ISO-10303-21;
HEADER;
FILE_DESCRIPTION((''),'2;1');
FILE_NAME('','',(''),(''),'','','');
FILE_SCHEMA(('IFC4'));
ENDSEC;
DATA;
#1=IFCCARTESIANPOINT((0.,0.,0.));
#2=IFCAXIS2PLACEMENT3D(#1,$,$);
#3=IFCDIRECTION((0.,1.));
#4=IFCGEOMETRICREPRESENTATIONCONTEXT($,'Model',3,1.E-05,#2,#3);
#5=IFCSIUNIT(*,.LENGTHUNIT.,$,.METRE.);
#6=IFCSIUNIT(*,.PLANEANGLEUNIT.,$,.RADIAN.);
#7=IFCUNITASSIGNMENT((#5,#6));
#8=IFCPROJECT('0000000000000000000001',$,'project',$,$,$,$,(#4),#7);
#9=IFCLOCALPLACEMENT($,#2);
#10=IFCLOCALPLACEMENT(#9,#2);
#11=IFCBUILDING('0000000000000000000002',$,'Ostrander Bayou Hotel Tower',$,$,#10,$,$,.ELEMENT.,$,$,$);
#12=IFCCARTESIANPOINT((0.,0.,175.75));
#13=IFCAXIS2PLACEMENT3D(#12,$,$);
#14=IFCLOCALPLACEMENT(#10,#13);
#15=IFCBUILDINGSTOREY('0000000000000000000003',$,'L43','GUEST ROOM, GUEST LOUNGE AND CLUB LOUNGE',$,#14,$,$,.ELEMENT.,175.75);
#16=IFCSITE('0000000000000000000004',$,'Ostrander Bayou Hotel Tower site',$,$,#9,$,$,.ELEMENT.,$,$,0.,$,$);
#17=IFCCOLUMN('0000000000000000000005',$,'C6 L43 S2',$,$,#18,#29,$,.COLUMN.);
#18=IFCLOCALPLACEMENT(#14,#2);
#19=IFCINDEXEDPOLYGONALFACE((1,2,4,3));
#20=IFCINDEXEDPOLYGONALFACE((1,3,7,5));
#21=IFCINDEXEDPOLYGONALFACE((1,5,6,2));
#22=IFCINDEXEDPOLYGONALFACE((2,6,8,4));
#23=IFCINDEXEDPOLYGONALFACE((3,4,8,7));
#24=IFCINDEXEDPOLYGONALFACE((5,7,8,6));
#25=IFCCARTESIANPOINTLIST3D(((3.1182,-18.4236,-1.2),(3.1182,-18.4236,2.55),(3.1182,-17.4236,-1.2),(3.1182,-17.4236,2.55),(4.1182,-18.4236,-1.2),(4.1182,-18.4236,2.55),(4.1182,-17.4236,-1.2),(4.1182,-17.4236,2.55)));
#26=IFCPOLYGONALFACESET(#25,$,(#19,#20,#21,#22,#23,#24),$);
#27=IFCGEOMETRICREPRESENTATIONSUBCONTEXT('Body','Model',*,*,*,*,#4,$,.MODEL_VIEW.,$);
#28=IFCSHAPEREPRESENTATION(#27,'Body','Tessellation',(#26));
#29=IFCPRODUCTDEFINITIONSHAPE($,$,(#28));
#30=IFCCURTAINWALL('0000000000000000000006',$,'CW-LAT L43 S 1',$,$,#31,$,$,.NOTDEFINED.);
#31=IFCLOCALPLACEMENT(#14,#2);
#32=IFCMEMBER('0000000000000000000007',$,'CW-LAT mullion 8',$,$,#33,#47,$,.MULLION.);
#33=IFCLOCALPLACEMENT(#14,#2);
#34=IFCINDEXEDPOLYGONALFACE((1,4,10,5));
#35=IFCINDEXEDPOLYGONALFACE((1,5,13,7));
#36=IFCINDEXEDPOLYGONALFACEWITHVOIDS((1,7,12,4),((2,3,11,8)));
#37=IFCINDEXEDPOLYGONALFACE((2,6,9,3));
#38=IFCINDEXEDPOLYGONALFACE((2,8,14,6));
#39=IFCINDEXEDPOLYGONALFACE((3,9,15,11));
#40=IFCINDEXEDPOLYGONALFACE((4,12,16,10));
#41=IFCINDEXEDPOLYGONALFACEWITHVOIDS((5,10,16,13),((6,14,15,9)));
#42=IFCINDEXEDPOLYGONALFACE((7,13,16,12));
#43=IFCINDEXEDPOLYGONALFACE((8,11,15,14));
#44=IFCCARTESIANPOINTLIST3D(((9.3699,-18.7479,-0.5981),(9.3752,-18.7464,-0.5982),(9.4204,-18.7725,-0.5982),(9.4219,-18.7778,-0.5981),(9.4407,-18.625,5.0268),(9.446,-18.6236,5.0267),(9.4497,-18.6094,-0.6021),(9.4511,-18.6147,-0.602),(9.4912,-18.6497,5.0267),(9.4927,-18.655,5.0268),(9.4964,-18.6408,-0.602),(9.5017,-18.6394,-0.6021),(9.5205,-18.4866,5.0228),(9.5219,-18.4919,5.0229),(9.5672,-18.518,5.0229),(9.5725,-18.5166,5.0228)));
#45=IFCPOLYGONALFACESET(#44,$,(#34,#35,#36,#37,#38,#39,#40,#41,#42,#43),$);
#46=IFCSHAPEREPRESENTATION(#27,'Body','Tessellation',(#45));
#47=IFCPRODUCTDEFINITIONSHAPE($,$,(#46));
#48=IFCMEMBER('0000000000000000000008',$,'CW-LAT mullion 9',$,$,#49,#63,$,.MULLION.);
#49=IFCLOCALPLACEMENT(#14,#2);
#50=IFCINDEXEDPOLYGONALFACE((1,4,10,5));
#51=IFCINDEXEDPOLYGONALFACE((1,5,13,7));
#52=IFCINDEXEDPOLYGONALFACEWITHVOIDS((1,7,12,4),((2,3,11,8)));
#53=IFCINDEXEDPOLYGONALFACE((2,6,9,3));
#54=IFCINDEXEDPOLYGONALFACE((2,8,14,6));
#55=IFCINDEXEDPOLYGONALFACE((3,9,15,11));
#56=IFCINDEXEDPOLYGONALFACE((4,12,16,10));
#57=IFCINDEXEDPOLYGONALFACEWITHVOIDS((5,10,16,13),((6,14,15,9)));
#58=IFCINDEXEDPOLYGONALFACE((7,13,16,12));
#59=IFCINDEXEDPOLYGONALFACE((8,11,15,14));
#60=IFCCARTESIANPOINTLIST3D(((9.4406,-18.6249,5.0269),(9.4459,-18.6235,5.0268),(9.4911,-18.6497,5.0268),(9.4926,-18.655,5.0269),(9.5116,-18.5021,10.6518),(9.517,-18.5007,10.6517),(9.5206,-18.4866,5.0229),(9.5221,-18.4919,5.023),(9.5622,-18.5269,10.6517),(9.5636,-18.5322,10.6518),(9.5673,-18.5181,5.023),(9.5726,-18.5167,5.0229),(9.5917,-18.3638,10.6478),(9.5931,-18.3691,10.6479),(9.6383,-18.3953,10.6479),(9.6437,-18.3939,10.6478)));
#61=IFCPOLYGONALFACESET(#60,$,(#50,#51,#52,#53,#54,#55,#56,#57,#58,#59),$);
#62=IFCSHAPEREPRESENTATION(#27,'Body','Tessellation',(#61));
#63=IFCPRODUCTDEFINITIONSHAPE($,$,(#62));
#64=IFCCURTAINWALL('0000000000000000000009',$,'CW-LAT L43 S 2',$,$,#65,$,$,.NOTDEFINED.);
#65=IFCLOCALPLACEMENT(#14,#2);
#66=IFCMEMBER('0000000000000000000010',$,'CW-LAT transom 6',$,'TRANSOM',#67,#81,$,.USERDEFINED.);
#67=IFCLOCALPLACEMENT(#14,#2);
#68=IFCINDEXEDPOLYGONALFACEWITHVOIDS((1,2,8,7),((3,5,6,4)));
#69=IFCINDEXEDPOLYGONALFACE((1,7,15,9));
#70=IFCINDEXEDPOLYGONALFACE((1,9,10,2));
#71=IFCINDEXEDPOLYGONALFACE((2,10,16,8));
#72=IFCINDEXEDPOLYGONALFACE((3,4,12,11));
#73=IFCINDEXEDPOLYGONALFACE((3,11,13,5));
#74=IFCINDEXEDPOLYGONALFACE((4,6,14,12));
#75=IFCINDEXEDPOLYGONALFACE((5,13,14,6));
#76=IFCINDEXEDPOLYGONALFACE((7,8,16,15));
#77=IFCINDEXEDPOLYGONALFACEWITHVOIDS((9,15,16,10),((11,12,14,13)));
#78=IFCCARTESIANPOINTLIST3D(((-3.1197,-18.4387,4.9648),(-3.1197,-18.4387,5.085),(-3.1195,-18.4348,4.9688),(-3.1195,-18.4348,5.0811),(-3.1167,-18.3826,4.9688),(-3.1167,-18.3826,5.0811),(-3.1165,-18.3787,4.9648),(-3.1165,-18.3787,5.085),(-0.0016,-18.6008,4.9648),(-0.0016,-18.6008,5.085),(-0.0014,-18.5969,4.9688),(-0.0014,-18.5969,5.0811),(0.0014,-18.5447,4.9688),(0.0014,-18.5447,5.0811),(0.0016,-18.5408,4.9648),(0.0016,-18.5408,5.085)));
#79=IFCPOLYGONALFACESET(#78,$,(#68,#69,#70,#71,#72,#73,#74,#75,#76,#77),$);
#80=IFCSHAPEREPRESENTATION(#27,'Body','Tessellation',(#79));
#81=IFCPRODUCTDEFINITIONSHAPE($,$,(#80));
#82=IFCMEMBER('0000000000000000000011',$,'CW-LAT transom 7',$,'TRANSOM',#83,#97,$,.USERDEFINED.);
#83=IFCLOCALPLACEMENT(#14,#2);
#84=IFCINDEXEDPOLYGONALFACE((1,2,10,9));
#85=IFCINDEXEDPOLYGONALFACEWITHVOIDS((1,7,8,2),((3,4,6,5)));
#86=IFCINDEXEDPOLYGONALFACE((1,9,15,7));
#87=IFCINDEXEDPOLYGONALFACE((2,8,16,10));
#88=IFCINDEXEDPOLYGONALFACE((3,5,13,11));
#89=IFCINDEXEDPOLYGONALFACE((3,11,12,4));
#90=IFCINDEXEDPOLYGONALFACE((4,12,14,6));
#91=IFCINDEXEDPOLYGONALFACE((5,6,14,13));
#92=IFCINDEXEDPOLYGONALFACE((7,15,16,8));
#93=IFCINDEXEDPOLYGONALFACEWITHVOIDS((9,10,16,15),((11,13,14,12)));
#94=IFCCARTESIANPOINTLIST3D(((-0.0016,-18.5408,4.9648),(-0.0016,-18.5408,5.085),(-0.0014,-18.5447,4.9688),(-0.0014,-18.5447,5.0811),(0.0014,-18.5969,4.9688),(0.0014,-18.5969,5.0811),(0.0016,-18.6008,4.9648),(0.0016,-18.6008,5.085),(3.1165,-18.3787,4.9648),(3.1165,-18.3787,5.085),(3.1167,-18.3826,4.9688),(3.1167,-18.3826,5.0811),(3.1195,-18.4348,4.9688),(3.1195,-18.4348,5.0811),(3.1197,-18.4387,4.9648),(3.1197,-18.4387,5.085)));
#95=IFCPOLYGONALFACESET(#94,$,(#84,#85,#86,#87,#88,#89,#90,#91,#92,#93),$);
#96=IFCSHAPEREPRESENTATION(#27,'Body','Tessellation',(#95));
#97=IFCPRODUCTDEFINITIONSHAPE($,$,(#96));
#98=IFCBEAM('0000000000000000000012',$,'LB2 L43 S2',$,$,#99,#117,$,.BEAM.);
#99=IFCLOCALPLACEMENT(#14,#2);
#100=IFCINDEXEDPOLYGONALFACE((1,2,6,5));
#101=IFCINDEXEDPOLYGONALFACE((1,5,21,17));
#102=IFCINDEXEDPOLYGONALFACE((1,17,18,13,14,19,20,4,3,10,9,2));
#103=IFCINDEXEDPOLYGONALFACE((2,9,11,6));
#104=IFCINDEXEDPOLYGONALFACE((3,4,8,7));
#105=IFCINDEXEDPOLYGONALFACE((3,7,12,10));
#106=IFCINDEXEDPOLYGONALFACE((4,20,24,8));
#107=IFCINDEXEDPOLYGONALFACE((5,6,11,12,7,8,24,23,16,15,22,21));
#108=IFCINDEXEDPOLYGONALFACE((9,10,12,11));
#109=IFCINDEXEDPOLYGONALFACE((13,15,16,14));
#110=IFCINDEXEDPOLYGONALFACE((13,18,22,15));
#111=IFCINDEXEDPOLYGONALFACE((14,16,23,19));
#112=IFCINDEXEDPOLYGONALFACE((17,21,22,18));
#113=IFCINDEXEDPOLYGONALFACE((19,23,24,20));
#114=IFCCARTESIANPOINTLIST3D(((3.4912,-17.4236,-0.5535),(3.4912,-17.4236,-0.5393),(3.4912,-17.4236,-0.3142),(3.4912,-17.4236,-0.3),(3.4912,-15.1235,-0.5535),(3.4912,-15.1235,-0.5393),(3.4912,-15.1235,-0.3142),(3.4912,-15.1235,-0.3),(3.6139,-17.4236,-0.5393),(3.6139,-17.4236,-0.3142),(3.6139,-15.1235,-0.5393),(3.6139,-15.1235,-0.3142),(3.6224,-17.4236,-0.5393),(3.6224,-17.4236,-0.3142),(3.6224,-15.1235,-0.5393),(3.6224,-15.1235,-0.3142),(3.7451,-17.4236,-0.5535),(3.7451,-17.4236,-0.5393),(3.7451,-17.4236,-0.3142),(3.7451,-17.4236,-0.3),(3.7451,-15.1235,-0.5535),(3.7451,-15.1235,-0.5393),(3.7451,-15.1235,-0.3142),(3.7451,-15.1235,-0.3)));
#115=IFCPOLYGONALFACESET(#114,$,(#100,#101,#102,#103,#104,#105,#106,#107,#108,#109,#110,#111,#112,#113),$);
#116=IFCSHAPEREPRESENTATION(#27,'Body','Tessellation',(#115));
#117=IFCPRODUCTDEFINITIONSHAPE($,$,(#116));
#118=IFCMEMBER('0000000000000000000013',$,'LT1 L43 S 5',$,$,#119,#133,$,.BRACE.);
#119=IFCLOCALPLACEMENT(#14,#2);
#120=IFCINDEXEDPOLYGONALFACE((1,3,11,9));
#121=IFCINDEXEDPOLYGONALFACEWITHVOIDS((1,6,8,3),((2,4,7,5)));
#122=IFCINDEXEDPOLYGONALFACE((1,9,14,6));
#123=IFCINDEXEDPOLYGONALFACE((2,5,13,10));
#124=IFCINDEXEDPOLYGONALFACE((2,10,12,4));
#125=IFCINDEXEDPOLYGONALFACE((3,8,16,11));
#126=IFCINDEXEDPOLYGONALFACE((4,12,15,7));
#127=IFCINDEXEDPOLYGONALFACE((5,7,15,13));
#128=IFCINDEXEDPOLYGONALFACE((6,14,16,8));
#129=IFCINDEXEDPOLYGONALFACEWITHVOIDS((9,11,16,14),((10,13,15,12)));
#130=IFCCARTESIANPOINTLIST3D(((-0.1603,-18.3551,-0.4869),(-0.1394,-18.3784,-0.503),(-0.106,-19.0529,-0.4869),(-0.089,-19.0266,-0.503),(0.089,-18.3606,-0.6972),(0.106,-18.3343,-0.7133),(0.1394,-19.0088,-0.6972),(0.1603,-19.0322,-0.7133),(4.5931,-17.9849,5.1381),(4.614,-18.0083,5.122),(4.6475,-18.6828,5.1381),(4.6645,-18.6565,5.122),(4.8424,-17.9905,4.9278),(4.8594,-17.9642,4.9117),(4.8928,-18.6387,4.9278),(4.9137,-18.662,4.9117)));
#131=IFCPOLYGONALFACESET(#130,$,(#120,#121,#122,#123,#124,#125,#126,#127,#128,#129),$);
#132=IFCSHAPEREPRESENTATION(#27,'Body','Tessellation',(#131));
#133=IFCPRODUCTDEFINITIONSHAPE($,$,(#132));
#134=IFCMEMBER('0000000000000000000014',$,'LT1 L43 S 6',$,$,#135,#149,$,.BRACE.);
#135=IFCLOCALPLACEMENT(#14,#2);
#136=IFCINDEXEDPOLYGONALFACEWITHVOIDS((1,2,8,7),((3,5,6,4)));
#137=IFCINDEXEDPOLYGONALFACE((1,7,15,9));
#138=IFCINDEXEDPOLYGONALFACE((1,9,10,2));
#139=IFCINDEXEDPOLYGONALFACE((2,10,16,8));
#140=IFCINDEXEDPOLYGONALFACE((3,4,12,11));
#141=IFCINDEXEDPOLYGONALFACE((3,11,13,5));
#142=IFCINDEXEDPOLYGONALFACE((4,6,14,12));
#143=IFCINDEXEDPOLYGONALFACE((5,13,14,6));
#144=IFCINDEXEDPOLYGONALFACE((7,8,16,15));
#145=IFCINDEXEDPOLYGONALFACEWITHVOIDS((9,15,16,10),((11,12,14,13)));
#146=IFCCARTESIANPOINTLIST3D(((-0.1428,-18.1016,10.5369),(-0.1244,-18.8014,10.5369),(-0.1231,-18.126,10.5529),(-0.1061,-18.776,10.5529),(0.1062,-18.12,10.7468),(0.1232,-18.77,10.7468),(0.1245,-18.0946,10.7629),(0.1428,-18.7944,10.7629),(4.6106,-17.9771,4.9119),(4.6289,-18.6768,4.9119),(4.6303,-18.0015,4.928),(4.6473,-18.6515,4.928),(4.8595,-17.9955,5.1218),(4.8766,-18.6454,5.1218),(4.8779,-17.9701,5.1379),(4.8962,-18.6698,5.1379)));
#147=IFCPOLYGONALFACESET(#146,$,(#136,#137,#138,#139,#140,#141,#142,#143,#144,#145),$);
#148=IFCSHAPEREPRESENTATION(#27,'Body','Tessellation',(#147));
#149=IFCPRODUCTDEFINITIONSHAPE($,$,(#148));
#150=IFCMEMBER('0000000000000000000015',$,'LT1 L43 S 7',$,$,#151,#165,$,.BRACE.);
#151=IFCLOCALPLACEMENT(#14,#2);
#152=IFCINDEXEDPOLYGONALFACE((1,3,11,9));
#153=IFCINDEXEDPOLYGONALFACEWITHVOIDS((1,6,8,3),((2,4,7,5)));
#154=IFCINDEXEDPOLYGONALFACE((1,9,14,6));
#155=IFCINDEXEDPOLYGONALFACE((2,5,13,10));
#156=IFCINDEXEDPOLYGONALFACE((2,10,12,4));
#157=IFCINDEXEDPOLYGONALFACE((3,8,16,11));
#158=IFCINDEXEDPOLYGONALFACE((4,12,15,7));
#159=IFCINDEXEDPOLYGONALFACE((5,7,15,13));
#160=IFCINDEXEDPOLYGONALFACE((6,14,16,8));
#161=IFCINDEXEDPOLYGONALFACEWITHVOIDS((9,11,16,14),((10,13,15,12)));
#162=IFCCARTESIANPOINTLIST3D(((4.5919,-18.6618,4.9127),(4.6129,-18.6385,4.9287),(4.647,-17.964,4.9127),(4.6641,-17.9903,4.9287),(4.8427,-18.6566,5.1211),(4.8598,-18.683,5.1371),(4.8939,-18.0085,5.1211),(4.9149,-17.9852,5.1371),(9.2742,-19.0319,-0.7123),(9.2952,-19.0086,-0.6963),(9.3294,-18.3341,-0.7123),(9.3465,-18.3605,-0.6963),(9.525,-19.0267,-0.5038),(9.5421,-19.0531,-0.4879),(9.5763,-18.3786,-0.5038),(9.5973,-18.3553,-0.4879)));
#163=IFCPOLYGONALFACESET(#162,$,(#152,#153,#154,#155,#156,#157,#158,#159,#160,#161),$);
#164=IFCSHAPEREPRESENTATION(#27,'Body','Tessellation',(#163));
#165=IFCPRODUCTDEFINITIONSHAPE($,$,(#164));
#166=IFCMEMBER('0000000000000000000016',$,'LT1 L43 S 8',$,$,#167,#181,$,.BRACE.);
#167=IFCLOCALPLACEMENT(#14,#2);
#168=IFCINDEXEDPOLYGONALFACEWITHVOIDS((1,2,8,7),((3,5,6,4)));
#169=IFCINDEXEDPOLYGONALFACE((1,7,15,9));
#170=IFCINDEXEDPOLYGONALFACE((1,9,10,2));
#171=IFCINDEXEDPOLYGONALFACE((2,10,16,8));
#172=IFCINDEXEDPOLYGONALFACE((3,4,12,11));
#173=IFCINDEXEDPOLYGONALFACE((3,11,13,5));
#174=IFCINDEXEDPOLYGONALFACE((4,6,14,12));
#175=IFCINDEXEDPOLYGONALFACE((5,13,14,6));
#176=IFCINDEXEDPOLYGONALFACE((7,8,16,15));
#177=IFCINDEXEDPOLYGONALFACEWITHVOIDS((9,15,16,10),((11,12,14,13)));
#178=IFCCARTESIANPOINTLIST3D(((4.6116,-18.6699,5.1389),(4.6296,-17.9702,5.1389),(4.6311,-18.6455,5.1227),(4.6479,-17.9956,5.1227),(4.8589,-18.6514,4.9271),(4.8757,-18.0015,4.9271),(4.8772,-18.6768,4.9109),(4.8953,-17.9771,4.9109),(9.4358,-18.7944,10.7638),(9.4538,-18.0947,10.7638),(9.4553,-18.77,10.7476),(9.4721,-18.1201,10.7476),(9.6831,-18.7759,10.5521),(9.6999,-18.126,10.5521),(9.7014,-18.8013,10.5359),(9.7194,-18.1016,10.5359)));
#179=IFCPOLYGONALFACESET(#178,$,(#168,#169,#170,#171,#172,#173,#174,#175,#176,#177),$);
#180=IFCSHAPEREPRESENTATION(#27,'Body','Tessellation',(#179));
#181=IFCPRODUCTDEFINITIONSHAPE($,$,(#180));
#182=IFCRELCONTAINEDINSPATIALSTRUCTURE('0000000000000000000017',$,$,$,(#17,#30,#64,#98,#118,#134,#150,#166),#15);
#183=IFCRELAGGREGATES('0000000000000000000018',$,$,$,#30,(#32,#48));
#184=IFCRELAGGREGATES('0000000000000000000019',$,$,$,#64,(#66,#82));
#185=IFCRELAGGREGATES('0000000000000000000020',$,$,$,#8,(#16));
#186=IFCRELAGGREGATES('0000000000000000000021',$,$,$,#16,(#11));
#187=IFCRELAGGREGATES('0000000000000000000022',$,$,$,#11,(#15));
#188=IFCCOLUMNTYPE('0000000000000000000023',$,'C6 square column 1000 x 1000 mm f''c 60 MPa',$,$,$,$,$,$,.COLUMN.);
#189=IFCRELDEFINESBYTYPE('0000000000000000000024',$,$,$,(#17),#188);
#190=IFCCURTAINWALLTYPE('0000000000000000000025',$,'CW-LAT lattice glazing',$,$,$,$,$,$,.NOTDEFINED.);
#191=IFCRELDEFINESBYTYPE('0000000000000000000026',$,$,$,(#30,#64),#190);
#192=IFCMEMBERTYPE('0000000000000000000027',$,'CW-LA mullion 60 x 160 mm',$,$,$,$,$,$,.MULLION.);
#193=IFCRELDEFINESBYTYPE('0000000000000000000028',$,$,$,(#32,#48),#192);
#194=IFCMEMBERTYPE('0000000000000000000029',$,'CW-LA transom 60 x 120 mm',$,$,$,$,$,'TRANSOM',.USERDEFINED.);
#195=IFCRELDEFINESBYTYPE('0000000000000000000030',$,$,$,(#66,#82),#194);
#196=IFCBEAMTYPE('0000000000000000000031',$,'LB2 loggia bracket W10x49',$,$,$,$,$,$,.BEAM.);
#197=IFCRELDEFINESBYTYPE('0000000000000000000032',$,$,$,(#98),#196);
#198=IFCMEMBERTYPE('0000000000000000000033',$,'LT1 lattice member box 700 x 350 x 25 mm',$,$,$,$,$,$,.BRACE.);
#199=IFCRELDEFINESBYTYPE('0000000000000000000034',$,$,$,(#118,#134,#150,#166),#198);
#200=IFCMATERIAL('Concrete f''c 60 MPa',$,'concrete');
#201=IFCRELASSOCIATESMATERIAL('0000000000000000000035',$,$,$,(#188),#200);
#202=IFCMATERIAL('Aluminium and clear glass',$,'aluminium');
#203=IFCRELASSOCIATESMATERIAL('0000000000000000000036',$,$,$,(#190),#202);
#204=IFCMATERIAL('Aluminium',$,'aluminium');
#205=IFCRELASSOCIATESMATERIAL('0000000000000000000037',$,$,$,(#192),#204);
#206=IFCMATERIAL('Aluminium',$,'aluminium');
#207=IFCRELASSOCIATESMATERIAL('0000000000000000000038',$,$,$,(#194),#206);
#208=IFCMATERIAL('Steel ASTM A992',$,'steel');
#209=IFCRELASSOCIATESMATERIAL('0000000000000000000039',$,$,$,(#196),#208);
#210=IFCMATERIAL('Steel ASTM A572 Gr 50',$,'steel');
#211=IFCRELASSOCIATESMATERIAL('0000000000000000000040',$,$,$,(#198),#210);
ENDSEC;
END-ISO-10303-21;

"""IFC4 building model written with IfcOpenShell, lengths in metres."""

from ifc_helpers import new_model, si_unit, direction, frame, origin, origin_2d, place, context, subcontext, project, spatial, rectangle, hollow_rectangle, i_section, extrude, material, material_profile, profile_set, type_object, element, aggregate, save


model = new_model("IFC4")

# Units and contexts
model_context = context("Model", 3, precision=1e-05, world=origin(), true_north=direction((0.0, 1.0)))
body_context = subcontext(model_context, "Body", "Model", "MODEL_VIEW")
ifc_project = project(units=[si_unit("LENGTHUNIT", "METRE"), si_unit("PLANEANGLEUNIT", "RADIAN")], contexts=[model_context])

# Site, building, storey
site_placement = place(None, origin())
site = spatial("IfcSite", under=ifc_project, at=site_placement, Name="Ostrander Bayou Hotel Tower site", CompositionType="ELEMENT", RefElevation=0.0)
building_placement = place(site_placement, origin())
building = spatial("IfcBuilding", under=site, at=building_placement, Name="Ostrander Bayou Hotel Tower", CompositionType="ELEMENT")
storey_placement = place(building_placement, frame((0.0, 0.0, 175.75)))
storey = spatial("IfcBuildingStorey", under=building, at=storey_placement, Name="L43", Description="GUEST ROOM, GUEST LOUNGE AND CLUB LOUNGE", CompositionType="ELEMENT", Elevation=175.75)

# Column
ifc_material_1 = material(Name="Concrete f'c 60 MPa", Category="concrete")
ifc_material_profile_1 = material_profile(ifc_material_1, rectangle(XDim=1.0, YDim=1.0, at=origin_2d()))
ifc_profile_set_1 = profile_set([ifc_material_profile_1], Name="Concrete f'c 60 MPa")
column_type = type_object("IfcColumnType", Name="C6 square column 1000 x 1000 mm f'c 60 MPa", PredefinedType="COLUMN", material=ifc_profile_set_1)
column_placement = place(storey_placement, frame((3.6182, -17.9236, -1.2), z_axis=(0.0, 0.0, 1.0), x_axis=(-1.0, 0.0, 0.0)))
element("IfcColumn", 1, at=column_placement, inside=storey, type_object=column_type, Name="C6 L43 S2", PredefinedType="COLUMN", context=body_context, shape_type="SweptSolid", body=[
    extrude(rectangle(XDim=1.0, YDim=1.0, at=origin_2d()), origin(), (0.0, 0.0, 1.0), 3.75),
])

# Curtain walls, members
ifc_material_2 = material(Name="Aluminium and clear glass", Category="aluminium")
curtain_wall_type = type_object("IfcCurtainWallType", Name="CW-LAT lattice glazing", PredefinedType="NOTDEFINED", material=ifc_material_2)
curtain_wall_1_placement = place(storey_placement, origin())
curtain_wall_1 = element("IfcCurtainWall", 2, at=curtain_wall_1_placement, inside=storey, type_object=curtain_wall_type, Name="CW-LAT L43 S 1", PredefinedType="NOTDEFINED")
ifc_material_3 = material(Name="Aluminium", Category="aluminium")
ifc_material_profile_2 = material_profile(ifc_material_3, hollow_rectangle(XDim=0.0601, YDim=0.1599, WallThickness=0.0039, at=origin_2d()))
ifc_profile_set_2 = profile_set([ifc_material_profile_2], Name="Aluminium")
member_type_1 = type_object("IfcMemberType", Name="CW-LA mullion 60 x 160 mm", PredefinedType="MULLION", material=ifc_profile_set_2)
member_1_placement = place(storey_placement, frame((9.4358, -18.6936, -0.6001), z_axis=(0.012583, 0.021825, 0.999683), x_axis=(-0.866329, 0.499474, 0.0)))
member_1 = element("IfcMember", 3, at=member_1_placement, type_object=member_type_1, Name="CW-LAT mullion 8", PredefinedType="MULLION", context=body_context, shape_type="SweptSolid", body=[
    extrude(hollow_rectangle(XDim=0.0601, YDim=0.1599, WallThickness=0.0039, at=origin_2d()), origin(), (0.0, 0.0, 1.0), 5.6267),
])
member_2_placement = place(storey_placement, frame((9.5066, -18.5708, 5.0249), z_axis=(0.012626, 0.021825, 0.999682), x_axis=(-0.865583, 0.500765, 0.0)))
member_2 = element("IfcMember", 4, at=member_2_placement, type_object=member_type_1, Name="CW-LAT mullion 9", PredefinedType="MULLION", context=body_context, shape_type="SweptSolid", body=[
    extrude(hollow_rectangle(XDim=0.0601, YDim=0.1599, WallThickness=0.0039, at=origin_2d()), origin(), (0.0, 0.0, 1.0), 5.6267),
])
curtain_wall_2_placement = place(storey_placement, origin())
curtain_wall_2 = element("IfcCurtainWall", 5, at=curtain_wall_2_placement, inside=storey, type_object=curtain_wall_type, Name="CW-LAT L43 S 2", PredefinedType="NOTDEFINED")
ifc_material_4 = material(Name="Aluminium", Category="aluminium")
ifc_material_profile_3 = material_profile(ifc_material_4, hollow_rectangle(XDim=0.0601, YDim=0.1201, WallThickness=0.0039, at=origin_2d()))
ifc_profile_set_3 = profile_set([ifc_material_profile_3], Name="Aluminium")
member_type_2 = type_object("IfcMemberType", Name="CW-LA transom 60 x 120 mm", ElementType="TRANSOM", PredefinedType="USERDEFINED", material=ifc_profile_set_3)
member_3_placement = place(storey_placement, frame((0.0, -18.5708, 5.0249), z_axis=(-0.998651, 0.051919, 0.0), x_axis=(-0.051919, -0.998651, 0.0)))
member_3 = element("IfcMember", 6, at=member_3_placement, type_object=member_type_2, Name="CW-LAT transom 6", ObjectType="TRANSOM", PredefinedType="USERDEFINED", context=body_context, shape_type="SweptSolid", body=[
    extrude(hollow_rectangle(XDim=0.0601, YDim=0.1201, WallThickness=0.0039, at=origin_2d()), origin(), (0.0, 0.0, 1.0), 3.1223),
])
member_4_placement = place(storey_placement, frame((0.0, -18.5708, 5.0249), z_axis=(0.998651, 0.051919, 0.0), x_axis=(-0.051919, 0.998651, 0.0)))
member_4 = element("IfcMember", 7, at=member_4_placement, type_object=member_type_2, Name="CW-LAT transom 7", ObjectType="TRANSOM", PredefinedType="USERDEFINED", context=body_context, shape_type="SweptSolid", body=[
    extrude(hollow_rectangle(XDim=0.0601, YDim=0.1201, WallThickness=0.0039, at=origin_2d()), origin(), (0.0, 0.0, 1.0), 3.1223),
])

# Beam
ifc_material_5 = material(Name="Steel ASTM A992", Category="steel")
ifc_material_profile_4 = material_profile(ifc_material_5, i_section(OverallWidth=0.2539, OverallDepth=0.2534, WebThickness=0.0085, FlangeThickness=0.0142, at=origin_2d()))
ifc_profile_set_4 = profile_set([ifc_material_profile_4], Name="Steel ASTM A992")
beam_type_1 = type_object("IfcBeamType", Name="LB2 loggia bracket W10x49", PredefinedType="BEAM", material=ifc_profile_set_4)
beam_1_placement = place(storey_placement, frame((3.6182, -17.4236, -0.4268), z_axis=(0.0, 1.0, 0.0), x_axis=(-1.0, 0.0, 0.0)))
element("IfcBeam", 8, at=beam_1_placement, inside=storey, type_object=beam_type_1, Name="LB2 L43 S2", PredefinedType="BEAM", context=body_context, shape_type="SweptSolid", body=[
    extrude(i_section(OverallWidth=0.2539, OverallDepth=0.2534, WebThickness=0.0085, FlangeThickness=0.0142, at=origin_2d()), origin(), (0.0, 0.0, 1.0), 2.3),
])

# Members
ifc_material_6 = material(Name="Steel ASTM A572 Gr 50", Category="steel")
ifc_material_profile_5 = material_profile(ifc_material_6, hollow_rectangle(XDim=0.7, YDim=0.3501, WallThickness=0.0249, at=origin_2d()))
ifc_profile_set_5 = profile_set([ifc_material_profile_5], Name="Steel ASTM A572 Gr 50")
member_type_3 = type_object("IfcMemberType", Name="LT1 lattice member box 700 x 350 x 25 mm", PredefinedType="BRACE", material=ifc_profile_set_5)
member_5_placement = place(storey_placement, frame((4.7534, -18.3235, 5.0249), z_axis=(-0.644638, -0.050194, -0.762838), x_axis=(0.077628, -0.996982, 0.0)))
element("IfcMember", 9, at=member_5_placement, inside=storey, type_object=member_type_3, Name="LT1 L43 S 5", PredefinedType="BRACE", context=body_context, shape_type="SweptSolid", body=[
    extrude(hollow_rectangle(XDim=0.7, YDim=0.3501, WallThickness=0.0249, at=origin_2d()), origin(), (0.0, 0.0, 1.0), 7.3738),
])
member_6_placement = place(storey_placement, frame((4.7534, -18.3235, 5.0249), z_axis=(-0.645359, -0.016905, 0.763692), x_axis=(0.026185, -0.999657, 0.0)))
element("IfcMember", 10, at=member_6_placement, inside=storey, type_object=member_type_3, Name="LT1 L43 S 6", PredefinedType="BRACE", context=body_context, shape_type="SweptSolid", body=[
    extrude(hollow_rectangle(XDim=0.7, YDim=0.3501, WallThickness=0.0249, at=origin_2d()), origin(), (0.0, 0.0, 1.0), 7.3655),
])
member_7_placement = place(storey_placement, frame((4.7534, -18.3235, 5.0249), z_axis=(0.638954, -0.050506, -0.767585), x_axis=(0.078799, 0.996891, 0.0)))
element("IfcMember", 11, at=member_7_placement, inside=storey, type_object=member_type_3, Name="LT1 L43 S 7", PredefinedType="BRACE", context=body_context, shape_type="SweptSolid", body=[
    extrude(hollow_rectangle(XDim=0.7, YDim=0.3501, WallThickness=0.0249, at=origin_2d()), origin(), (0.0, 0.0, 1.0), 7.3281),
])
member_8_placement = place(storey_placement, frame((4.7534, -18.3235, 5.0249), z_axis=(0.650917, -0.0168, 0.758963), x_axis=(0.025801, 0.999667, 0.0)))
element("IfcMember", 12, at=member_8_placement, inside=storey, type_object=member_type_3, Name="LT1 L43 S 8", PredefinedType="BRACE", context=body_context, shape_type="SweptSolid", body=[
    extrude(hollow_rectangle(XDim=0.7, YDim=0.3501, WallThickness=0.0249, at=origin_2d()), origin(), (0.0, 0.0, 1.0), 7.4114),
])

aggregate(curtain_wall_1, [member_1, member_2])
aggregate(curtain_wall_2, [member_3, member_4])

save(model, "model.ifc")
